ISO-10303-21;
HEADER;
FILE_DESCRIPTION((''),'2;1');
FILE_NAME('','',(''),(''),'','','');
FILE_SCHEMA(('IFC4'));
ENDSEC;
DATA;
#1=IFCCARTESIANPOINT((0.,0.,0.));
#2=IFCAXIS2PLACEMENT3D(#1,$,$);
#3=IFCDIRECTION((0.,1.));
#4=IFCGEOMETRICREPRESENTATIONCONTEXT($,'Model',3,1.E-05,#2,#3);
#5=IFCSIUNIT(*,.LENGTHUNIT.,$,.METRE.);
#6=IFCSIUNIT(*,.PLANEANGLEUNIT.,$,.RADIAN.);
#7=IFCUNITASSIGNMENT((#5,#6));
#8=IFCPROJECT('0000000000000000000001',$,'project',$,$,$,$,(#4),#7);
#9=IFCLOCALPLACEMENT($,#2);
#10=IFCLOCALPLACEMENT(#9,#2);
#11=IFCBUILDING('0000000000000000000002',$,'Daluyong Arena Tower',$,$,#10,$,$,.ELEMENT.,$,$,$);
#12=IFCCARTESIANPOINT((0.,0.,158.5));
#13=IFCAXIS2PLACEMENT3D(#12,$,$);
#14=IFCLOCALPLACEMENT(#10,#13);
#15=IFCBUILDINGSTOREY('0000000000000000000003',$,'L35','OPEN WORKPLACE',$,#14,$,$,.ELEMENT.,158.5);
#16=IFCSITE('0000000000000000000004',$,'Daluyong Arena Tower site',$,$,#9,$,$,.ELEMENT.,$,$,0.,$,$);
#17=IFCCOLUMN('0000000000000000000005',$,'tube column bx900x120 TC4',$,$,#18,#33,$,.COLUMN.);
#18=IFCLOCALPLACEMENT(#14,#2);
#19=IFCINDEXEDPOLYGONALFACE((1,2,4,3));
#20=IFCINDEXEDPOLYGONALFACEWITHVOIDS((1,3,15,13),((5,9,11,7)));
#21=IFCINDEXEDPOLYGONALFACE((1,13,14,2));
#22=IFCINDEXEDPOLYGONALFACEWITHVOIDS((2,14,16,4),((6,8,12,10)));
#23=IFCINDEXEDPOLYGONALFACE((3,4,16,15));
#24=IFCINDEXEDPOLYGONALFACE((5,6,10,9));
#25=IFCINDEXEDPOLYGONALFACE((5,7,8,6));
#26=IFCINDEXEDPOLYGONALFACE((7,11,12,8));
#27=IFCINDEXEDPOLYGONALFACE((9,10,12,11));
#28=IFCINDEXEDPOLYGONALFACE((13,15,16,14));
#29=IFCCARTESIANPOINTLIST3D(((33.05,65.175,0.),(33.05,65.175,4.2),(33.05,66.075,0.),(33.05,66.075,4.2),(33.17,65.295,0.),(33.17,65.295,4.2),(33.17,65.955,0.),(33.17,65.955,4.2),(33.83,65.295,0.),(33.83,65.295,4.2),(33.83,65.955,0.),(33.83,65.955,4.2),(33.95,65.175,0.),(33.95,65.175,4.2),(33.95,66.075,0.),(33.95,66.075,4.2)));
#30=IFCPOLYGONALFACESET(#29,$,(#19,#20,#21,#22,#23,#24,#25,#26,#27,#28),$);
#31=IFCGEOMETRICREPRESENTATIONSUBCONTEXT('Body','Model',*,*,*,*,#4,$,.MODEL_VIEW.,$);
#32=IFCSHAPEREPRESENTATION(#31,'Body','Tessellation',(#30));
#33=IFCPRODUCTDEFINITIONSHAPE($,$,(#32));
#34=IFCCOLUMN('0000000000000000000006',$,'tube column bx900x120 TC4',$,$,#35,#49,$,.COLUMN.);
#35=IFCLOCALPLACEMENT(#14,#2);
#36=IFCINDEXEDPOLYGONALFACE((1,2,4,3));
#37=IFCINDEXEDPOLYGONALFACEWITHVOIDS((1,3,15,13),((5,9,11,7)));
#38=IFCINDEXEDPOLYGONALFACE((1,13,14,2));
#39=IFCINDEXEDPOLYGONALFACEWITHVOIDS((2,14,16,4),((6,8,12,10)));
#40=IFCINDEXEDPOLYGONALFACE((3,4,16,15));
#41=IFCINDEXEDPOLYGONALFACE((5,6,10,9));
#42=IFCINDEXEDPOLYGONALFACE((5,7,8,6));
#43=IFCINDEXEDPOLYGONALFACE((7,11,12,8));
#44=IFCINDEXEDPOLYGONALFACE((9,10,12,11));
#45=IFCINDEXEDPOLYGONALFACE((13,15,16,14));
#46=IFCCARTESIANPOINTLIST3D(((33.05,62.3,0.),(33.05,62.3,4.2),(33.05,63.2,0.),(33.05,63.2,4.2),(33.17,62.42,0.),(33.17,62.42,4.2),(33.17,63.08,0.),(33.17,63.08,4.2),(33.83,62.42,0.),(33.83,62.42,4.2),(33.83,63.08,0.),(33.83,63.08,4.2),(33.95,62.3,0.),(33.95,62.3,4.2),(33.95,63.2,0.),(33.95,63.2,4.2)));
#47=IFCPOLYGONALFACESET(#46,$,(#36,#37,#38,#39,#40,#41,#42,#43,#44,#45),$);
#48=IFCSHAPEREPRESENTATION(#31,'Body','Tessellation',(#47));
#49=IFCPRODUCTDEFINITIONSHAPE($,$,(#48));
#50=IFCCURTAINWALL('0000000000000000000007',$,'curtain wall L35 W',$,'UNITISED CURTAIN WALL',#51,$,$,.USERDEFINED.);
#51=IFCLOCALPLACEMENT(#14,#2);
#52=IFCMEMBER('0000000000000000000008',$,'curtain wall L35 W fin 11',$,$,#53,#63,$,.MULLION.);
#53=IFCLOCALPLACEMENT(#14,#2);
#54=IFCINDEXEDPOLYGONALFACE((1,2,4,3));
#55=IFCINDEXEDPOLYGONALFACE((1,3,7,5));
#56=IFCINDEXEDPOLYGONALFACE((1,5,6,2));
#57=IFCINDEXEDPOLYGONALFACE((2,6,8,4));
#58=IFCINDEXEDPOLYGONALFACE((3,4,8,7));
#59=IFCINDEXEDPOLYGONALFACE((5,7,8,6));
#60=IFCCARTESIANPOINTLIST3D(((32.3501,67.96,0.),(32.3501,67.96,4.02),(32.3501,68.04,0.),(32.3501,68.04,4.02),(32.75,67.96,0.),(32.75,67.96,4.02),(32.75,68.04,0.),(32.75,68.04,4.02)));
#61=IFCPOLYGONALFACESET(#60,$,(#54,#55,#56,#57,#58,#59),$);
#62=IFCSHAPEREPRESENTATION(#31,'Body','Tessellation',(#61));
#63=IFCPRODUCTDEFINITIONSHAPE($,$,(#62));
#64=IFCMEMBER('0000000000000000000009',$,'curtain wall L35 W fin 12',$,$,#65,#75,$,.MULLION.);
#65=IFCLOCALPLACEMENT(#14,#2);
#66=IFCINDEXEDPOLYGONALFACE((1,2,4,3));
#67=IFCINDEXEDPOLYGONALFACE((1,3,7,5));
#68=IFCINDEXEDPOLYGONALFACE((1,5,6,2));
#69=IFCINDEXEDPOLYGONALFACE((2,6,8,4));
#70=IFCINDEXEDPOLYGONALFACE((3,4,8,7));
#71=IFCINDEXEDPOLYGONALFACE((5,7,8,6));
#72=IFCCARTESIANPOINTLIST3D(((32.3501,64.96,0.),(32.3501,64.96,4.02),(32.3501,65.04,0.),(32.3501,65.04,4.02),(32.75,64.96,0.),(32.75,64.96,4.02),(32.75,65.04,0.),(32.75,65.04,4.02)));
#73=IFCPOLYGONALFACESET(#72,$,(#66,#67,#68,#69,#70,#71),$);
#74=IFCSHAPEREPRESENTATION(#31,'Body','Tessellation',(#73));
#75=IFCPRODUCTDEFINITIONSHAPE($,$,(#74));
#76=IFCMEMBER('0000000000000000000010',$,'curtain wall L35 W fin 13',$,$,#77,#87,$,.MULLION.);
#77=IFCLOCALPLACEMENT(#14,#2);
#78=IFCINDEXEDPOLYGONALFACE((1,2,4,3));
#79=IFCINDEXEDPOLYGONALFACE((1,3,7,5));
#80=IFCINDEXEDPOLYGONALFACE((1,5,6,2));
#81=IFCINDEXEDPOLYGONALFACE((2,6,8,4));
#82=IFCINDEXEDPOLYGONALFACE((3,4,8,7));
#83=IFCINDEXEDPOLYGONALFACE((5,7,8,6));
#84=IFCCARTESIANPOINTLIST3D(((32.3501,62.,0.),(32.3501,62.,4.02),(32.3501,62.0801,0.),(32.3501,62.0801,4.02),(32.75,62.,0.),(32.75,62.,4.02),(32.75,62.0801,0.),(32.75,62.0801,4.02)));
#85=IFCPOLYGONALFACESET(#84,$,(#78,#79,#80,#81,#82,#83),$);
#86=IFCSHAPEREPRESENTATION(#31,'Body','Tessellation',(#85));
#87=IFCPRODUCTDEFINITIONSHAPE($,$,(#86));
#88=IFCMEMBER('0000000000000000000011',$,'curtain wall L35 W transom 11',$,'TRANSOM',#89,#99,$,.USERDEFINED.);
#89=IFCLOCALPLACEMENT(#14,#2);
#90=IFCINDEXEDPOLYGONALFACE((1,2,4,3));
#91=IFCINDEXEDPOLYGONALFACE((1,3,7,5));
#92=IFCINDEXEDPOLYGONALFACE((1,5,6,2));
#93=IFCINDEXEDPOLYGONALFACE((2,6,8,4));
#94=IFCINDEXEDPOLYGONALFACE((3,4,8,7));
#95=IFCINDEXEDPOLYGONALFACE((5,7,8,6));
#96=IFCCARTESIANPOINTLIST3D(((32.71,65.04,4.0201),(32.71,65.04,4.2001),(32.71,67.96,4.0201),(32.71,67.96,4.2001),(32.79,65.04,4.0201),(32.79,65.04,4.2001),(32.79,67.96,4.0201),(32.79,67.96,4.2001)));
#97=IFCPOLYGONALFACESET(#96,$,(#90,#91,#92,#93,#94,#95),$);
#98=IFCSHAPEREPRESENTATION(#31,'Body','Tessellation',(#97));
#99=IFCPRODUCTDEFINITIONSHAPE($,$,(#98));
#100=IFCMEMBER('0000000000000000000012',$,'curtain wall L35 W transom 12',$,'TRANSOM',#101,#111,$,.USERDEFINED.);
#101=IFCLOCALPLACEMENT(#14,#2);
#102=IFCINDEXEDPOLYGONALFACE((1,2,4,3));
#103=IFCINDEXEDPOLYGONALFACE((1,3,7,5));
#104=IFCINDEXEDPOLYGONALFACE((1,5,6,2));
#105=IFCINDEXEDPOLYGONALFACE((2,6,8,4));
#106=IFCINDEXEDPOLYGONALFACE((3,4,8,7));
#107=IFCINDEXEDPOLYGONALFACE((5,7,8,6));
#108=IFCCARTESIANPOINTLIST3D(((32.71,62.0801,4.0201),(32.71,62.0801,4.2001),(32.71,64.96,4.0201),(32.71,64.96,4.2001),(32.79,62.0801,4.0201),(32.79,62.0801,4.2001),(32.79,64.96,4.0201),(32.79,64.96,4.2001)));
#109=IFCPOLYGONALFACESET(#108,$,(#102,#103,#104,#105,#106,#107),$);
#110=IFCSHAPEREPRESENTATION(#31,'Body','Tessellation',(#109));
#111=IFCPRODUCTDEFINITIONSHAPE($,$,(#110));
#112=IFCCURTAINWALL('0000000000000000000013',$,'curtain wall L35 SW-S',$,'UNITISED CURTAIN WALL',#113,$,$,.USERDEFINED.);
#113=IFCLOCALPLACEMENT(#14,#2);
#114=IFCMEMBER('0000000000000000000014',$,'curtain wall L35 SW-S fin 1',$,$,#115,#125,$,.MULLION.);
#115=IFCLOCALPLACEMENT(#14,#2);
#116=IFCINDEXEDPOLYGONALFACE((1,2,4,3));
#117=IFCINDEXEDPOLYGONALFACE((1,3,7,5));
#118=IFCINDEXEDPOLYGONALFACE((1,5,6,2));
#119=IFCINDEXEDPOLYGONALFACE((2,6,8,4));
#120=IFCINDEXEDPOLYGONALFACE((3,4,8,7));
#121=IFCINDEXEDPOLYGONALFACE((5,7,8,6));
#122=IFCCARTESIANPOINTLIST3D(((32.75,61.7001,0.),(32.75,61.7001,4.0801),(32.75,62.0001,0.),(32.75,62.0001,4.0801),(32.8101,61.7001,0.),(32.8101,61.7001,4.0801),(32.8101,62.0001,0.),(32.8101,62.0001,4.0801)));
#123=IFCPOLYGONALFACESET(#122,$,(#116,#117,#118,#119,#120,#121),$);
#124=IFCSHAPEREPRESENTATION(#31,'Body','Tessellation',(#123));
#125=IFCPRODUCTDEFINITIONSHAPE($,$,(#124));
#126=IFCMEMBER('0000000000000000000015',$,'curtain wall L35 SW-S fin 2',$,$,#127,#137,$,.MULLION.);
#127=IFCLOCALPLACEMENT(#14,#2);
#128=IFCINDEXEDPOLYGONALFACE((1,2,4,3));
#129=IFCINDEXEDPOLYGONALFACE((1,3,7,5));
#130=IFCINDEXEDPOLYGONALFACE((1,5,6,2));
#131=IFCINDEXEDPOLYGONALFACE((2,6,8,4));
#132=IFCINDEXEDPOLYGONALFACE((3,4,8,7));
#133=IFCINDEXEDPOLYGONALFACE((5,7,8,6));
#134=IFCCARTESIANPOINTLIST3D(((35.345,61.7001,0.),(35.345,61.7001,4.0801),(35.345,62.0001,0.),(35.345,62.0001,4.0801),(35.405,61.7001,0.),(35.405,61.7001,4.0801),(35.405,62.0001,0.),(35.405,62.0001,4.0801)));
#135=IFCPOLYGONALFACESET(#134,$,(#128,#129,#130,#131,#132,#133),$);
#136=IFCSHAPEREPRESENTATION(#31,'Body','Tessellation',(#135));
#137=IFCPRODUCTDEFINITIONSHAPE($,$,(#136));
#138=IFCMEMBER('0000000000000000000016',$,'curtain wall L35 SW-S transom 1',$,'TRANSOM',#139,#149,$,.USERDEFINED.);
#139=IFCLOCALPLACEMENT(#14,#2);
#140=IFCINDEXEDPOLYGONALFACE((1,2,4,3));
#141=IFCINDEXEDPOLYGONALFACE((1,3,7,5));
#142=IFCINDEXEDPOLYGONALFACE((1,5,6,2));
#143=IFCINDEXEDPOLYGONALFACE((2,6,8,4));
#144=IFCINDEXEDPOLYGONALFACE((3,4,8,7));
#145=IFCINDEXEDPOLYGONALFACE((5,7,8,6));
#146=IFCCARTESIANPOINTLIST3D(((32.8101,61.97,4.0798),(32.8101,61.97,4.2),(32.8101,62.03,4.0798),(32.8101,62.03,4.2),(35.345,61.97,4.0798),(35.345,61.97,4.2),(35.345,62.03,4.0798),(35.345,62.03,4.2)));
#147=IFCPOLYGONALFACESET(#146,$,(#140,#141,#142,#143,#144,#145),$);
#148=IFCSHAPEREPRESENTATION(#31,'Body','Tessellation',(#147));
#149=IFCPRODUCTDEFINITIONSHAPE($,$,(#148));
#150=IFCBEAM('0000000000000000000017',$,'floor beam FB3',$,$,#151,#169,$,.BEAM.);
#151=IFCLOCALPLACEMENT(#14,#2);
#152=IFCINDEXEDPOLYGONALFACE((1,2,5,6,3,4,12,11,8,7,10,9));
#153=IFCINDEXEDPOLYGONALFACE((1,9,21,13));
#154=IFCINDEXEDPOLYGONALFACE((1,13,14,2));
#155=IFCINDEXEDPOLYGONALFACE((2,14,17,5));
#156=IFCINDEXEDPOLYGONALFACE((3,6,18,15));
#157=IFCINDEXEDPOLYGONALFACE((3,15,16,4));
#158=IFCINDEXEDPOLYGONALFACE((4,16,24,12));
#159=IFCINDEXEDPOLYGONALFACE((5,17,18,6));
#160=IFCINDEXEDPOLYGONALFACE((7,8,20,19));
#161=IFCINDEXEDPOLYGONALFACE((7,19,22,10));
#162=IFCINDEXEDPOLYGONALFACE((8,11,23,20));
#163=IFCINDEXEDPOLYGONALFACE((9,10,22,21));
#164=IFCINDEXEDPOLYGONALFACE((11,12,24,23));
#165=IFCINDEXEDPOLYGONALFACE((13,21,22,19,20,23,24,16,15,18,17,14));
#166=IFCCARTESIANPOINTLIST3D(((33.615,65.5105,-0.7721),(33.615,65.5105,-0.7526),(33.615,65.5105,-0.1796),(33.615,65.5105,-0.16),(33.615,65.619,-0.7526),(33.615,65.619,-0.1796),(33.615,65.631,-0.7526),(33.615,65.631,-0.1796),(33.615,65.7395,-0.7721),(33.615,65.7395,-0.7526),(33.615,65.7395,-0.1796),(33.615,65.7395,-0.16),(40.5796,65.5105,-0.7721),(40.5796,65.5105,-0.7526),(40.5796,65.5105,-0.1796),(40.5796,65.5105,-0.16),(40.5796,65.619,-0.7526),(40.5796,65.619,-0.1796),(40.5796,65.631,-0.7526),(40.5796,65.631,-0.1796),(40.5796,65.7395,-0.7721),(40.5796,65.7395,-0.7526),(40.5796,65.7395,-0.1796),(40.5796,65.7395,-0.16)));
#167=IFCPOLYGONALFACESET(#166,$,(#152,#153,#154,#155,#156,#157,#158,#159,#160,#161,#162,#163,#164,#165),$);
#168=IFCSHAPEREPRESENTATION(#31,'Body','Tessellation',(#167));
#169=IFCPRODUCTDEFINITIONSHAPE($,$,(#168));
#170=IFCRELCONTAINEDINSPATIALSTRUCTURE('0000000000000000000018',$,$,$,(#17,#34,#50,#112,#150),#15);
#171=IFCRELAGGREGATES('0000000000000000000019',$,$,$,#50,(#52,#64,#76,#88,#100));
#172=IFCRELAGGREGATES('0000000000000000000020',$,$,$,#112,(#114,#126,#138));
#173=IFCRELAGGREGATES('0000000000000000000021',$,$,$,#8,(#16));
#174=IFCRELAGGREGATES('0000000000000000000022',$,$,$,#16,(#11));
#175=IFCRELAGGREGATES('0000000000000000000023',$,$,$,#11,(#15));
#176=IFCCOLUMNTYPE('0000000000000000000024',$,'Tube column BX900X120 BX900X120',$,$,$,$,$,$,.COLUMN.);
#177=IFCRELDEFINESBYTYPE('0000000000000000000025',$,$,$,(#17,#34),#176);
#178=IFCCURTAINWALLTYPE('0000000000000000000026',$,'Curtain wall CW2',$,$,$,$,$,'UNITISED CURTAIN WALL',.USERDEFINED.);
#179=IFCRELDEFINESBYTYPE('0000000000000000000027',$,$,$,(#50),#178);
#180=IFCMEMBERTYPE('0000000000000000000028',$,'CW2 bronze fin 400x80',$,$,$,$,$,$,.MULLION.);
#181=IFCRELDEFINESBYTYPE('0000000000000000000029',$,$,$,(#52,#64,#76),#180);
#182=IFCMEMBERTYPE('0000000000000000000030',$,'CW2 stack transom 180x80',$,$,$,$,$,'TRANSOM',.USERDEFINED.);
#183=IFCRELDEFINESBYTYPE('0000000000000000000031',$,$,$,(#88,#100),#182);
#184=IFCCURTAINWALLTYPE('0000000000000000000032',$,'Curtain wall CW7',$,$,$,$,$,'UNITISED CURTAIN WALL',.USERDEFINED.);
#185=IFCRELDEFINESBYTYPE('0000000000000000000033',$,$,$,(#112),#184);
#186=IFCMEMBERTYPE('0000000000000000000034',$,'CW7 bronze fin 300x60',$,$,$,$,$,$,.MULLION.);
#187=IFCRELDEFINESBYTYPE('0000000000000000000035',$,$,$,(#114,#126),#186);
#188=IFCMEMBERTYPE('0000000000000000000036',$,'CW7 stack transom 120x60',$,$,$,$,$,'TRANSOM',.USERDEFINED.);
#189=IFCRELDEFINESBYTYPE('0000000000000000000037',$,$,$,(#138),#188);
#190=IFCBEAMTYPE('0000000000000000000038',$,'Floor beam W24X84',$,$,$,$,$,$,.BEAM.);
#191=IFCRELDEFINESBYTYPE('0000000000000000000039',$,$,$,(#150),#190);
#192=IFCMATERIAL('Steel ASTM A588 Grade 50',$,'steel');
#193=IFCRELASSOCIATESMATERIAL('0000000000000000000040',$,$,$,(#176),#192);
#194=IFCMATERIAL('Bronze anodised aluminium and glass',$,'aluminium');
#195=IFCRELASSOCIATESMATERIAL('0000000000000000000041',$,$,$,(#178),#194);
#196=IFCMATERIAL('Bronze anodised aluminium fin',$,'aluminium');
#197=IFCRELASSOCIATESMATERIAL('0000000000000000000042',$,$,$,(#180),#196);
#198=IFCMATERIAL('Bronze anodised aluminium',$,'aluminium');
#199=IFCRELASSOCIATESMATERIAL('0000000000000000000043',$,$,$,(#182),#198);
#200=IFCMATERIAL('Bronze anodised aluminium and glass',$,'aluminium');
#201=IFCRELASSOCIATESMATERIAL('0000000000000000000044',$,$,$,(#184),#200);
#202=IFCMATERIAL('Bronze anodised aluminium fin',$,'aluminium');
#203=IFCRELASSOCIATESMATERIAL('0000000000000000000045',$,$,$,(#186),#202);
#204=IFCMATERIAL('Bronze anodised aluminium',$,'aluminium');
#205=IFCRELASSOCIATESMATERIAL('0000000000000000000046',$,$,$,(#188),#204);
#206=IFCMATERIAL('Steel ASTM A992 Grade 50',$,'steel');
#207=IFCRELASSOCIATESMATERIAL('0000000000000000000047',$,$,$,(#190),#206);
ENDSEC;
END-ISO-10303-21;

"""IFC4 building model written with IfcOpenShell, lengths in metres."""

from ifc_helpers import new_model, si_unit, direction, frame, origin, origin_2d, place, context, subcontext, project, spatial, rectangle, hollow_rectangle, i_section, extrude, material, material_profile, profile_set, type_object, element, aggregate, save


model = new_model("IFC4")

# Units and contexts
model_context = context("Model", 3, precision=1e-05, world=origin(), true_north=direction((0.0, 1.0)))
body_context = subcontext(model_context, "Body", "Model", "MODEL_VIEW")
ifc_project = project(units=[si_unit("LENGTHUNIT", "METRE"), si_unit("PLANEANGLEUNIT", "RADIAN")], contexts=[model_context])

# Site, building, storey
site_placement = place(None, origin())
site = spatial("IfcSite", under=ifc_project, at=site_placement, Name="Daluyong Arena Tower site", CompositionType="ELEMENT", RefElevation=0.0)
building_placement = place(site_placement, origin())
building = spatial("IfcBuilding", under=site, at=building_placement, Name="Daluyong Arena Tower", CompositionType="ELEMENT")
storey_placement = place(building_placement, frame((0.0, 0.0, 158.5)))
storey = spatial("IfcBuildingStorey", under=building, at=storey_placement, Name="L35", Description="OPEN WORKPLACE", CompositionType="ELEMENT", Elevation=158.5)

# Columns
ifc_material_1 = material(Name="Steel ASTM A588 Grade 50", Category="steel")
ifc_material_profile_1 = material_profile(ifc_material_1, hollow_rectangle(XDim=0.8999, YDim=0.8999, WallThickness=0.12, at=origin_2d()))
ifc_profile_set_1 = profile_set([ifc_material_profile_1], Name="Steel ASTM A588 Grade 50")
column_type = type_object("IfcColumnType", Name="Tube column BX900X120 BX900X120", PredefinedType="COLUMN", material=ifc_profile_set_1)
for number, where, z_axis, x_axis, name in (
    (1, (33.5, 65.625, 0.0), (0.0, 0.0, 1.0), (0.0, 1.0, 0.0), "tube column bx900x120 TC4"),
    (2, (33.5, 62.75, 0.0), (0.0, 0.0, 1.0), (1.0, 0.0, 0.0), "tube column bx900x120 TC4"),
):
    element("IfcColumn", number, at=place(storey_placement, frame(where, z_axis=z_axis, x_axis=x_axis)), inside=storey, type_object=column_type, Name=name, PredefinedType="COLUMN", context=body_context, shape_type="SweptSolid", body=[
        extrude(hollow_rectangle(XDim=0.8999, YDim=0.8999, WallThickness=0.12, at=origin_2d()), origin(), (0.0, 0.0, 1.0), 4.2),
    ])

# Curtain walls, members
ifc_material_2 = material(Name="Bronze anodised aluminium and glass", Category="aluminium")
curtain_wall_type_1 = type_object("IfcCurtainWallType", Name="Curtain wall CW2", ElementType="UNITISED CURTAIN WALL", PredefinedType="USERDEFINED", material=ifc_material_2)
curtain_wall_1_placement = place(storey_placement, origin())
curtain_wall_1 = element("IfcCurtainWall", 3, at=curtain_wall_1_placement, inside=storey, type_object=curtain_wall_type_1, Name="curtain wall L35 W", ObjectType="UNITISED CURTAIN WALL", PredefinedType="USERDEFINED")
ifc_material_3 = material(Name="Bronze anodised aluminium fin", Category="aluminium")
ifc_material_profile_2 = material_profile(ifc_material_3, rectangle(XDim=0.3999, YDim=0.0801, at=origin_2d()))
ifc_profile_set_2 = profile_set([ifc_material_profile_2], Name="Bronze anodised aluminium fin")
member_type_1 = type_object("IfcMemberType", Name="CW2 bronze fin 400x80", PredefinedType="MULLION", material=ifc_profile_set_2)
member_1_placement = place(storey_placement, frame((32.55, 68.0, 0.0), z_axis=(0.0, 0.0, 1.0), x_axis=(1.0, 0.0, 0.0)))
member_1 = element("IfcMember", 4, at=member_1_placement, type_object=member_type_1, Name="curtain wall L35 W fin 11", PredefinedType="MULLION", context=body_context, shape_type="SweptSolid", body=[
    extrude(rectangle(XDim=0.3999, YDim=0.0801, at=origin_2d()), origin(), (0.0, 0.0, 1.0), 4.02),
])
member_2_placement = place(storey_placement, frame((32.55, 65.0, 0.0), z_axis=(0.0, 0.0, 1.0), x_axis=(1.0, 0.0, 0.0)))
member_2 = element("IfcMember", 5, at=member_2_placement, type_object=member_type_1, Name="curtain wall L35 W fin 12", PredefinedType="MULLION", context=body_context, shape_type="SweptSolid", body=[
    extrude(rectangle(XDim=0.3999, YDim=0.0801, at=origin_2d()), origin(), (0.0, 0.0, 1.0), 4.02),
])
member_3_placement = place(storey_placement, frame((32.55, 62.04, 0.0), z_axis=(0.0, 0.0, 1.0), x_axis=(1.0, 0.0, 0.0)))
member_3 = element("IfcMember", 6, at=member_3_placement, type_object=member_type_1, Name="curtain wall L35 W fin 13", PredefinedType="MULLION", context=body_context, shape_type="SweptSolid", body=[
    extrude(rectangle(XDim=0.3999, YDim=0.0801, at=origin_2d()), origin(), (0.0, 0.0, 1.0), 4.02),
])
ifc_material_4 = material(Name="Bronze anodised aluminium", Category="aluminium")
ifc_material_profile_3 = material_profile(ifc_material_4, rectangle(XDim=0.0801, YDim=0.1799, at=origin_2d()))
ifc_profile_set_3 = profile_set([ifc_material_profile_3], Name="Bronze anodised aluminium")
member_type_2 = type_object("IfcMemberType", Name="CW2 stack transom 180x80", ElementType="TRANSOM", PredefinedType="USERDEFINED", material=ifc_profile_set_3)
member_4_placement = place(storey_placement, frame((32.75, 67.96, 4.1101), z_axis=(0.0, -1.0, 0.0), x_axis=(1.0, 0.0, 0.0)))
member_4 = element("IfcMember", 7, at=member_4_placement, type_object=member_type_2, Name="curtain wall L35 W transom 11", ObjectType="TRANSOM", PredefinedType="USERDEFINED", context=body_context, shape_type="SweptSolid", body=[
    extrude(rectangle(XDim=0.0801, YDim=0.1799, at=origin_2d()), origin(), (0.0, 0.0, 1.0), 2.9199),
])
member_5_placement = place(storey_placement, frame((32.75, 64.96, 4.1101), z_axis=(0.0, -1.0, 0.0), x_axis=(1.0, 0.0, 0.0)))
member_5 = element("IfcMember", 8, at=member_5_placement, type_object=member_type_2, Name="curtain wall L35 W transom 12", ObjectType="TRANSOM", PredefinedType="USERDEFINED", context=body_context, shape_type="SweptSolid", body=[
    extrude(rectangle(XDim=0.0801, YDim=0.1799, at=origin_2d()), origin(), (0.0, 0.0, 1.0), 2.8799),
])
ifc_material_5 = material(Name="Bronze anodised aluminium and glass", Category="aluminium")
curtain_wall_type_2 = type_object("IfcCurtainWallType", Name="Curtain wall CW7", ElementType="UNITISED CURTAIN WALL", PredefinedType="USERDEFINED", material=ifc_material_5)
curtain_wall_2_placement = place(storey_placement, origin())
curtain_wall_2 = element("IfcCurtainWall", 9, at=curtain_wall_2_placement, inside=storey, type_object=curtain_wall_type_2, Name="curtain wall L35 SW-S", ObjectType="UNITISED CURTAIN WALL", PredefinedType="USERDEFINED")
ifc_material_6 = material(Name="Bronze anodised aluminium fin", Category="aluminium")
ifc_material_profile_4 = material_profile(ifc_material_6, rectangle(XDim=0.3, YDim=0.0601, at=origin_2d()))
ifc_profile_set_4 = profile_set([ifc_material_profile_4], Name="Bronze anodised aluminium fin")
member_type_3 = type_object("IfcMemberType", Name="CW7 bronze fin 300x60", PredefinedType="MULLION", material=ifc_profile_set_4)
member_6_placement = place(storey_placement, frame((32.78, 61.8501, 0.0), z_axis=(0.0, 0.0, 1.0), x_axis=(0.0, 1.0, 0.0)))
member_6 = element("IfcMember", 10, at=member_6_placement, type_object=member_type_3, Name="curtain wall L35 SW-S fin 1", PredefinedType="MULLION", context=body_context, shape_type="SweptSolid", body=[
    extrude(rectangle(XDim=0.3, YDim=0.0601, at=origin_2d()), origin(), (0.0, 0.0, 1.0), 4.0801),
])
member_7_placement = place(storey_placement, frame((35.375, 61.8501, 0.0), z_axis=(0.0, 0.0, 1.0), x_axis=(0.0, 1.0, 0.0)))
member_7 = element("IfcMember", 11, at=member_7_placement, type_object=member_type_3, Name="curtain wall L35 SW-S fin 2", PredefinedType="MULLION", context=body_context, shape_type="SweptSolid", body=[
    extrude(rectangle(XDim=0.3, YDim=0.0601, at=origin_2d()), origin(), (0.0, 0.0, 1.0), 4.0801),
])
ifc_material_7 = material(Name="Bronze anodised aluminium", Category="aluminium")
ifc_material_profile_5 = material_profile(ifc_material_7, rectangle(XDim=0.0601, YDim=0.1201, at=origin_2d()))
ifc_profile_set_5 = profile_set([ifc_material_profile_5], Name="Bronze anodised aluminium")
member_type_4 = type_object("IfcMemberType", Name="CW7 stack transom 120x60", ElementType="TRANSOM", PredefinedType="USERDEFINED", material=ifc_profile_set_5)
member_8_placement = place(storey_placement, frame((32.8101, 62.0, 4.1399), z_axis=(1.0, 0.0, 0.0), x_axis=(0.0, 1.0, 0.0)))
member_8 = element("IfcMember", 12, at=member_8_placement, type_object=member_type_4, Name="curtain wall L35 SW-S transom 1", ObjectType="TRANSOM", PredefinedType="USERDEFINED", context=body_context, shape_type="SweptSolid", body=[
    extrude(rectangle(XDim=0.0601, YDim=0.1201, at=origin_2d()), origin(), (0.0, 0.0, 1.0), 2.5349),
])

# Beam
ifc_material_8 = material(Name="Steel ASTM A992 Grade 50", Category="steel")
ifc_material_profile_6 = material_profile(ifc_material_8, i_section(OverallWidth=0.229, OverallDepth=0.6121, WebThickness=0.012, FlangeThickness=0.0195, at=origin_2d()))
ifc_profile_set_6 = profile_set([ifc_material_profile_6], Name="Steel ASTM A992 Grade 50")
beam_type_1 = type_object("IfcBeamType", Name="Floor beam W24X84", PredefinedType="BEAM", material=ifc_profile_set_6)
beam_1_placement = place(storey_placement, frame((33.615, 65.625, -0.4661), z_axis=(1.0, 0.0, 0.0), x_axis=(0.0, 1.0, 0.0)))
element("IfcBeam", 13, at=beam_1_placement, inside=storey, type_object=beam_type_1, Name="floor beam FB3", PredefinedType="BEAM", context=body_context, shape_type="SweptSolid", body=[
    extrude(i_section(OverallWidth=0.229, OverallDepth=0.6121, WebThickness=0.012, FlangeThickness=0.0195, at=origin_2d()), origin(), (0.0, 0.0, 1.0), 6.9646),
])

aggregate(curtain_wall_1, [member_1, member_2, member_3, member_4, member_5])
aggregate(curtain_wall_2, [member_6, member_7, member_8])

save(model, "model.ifc")
